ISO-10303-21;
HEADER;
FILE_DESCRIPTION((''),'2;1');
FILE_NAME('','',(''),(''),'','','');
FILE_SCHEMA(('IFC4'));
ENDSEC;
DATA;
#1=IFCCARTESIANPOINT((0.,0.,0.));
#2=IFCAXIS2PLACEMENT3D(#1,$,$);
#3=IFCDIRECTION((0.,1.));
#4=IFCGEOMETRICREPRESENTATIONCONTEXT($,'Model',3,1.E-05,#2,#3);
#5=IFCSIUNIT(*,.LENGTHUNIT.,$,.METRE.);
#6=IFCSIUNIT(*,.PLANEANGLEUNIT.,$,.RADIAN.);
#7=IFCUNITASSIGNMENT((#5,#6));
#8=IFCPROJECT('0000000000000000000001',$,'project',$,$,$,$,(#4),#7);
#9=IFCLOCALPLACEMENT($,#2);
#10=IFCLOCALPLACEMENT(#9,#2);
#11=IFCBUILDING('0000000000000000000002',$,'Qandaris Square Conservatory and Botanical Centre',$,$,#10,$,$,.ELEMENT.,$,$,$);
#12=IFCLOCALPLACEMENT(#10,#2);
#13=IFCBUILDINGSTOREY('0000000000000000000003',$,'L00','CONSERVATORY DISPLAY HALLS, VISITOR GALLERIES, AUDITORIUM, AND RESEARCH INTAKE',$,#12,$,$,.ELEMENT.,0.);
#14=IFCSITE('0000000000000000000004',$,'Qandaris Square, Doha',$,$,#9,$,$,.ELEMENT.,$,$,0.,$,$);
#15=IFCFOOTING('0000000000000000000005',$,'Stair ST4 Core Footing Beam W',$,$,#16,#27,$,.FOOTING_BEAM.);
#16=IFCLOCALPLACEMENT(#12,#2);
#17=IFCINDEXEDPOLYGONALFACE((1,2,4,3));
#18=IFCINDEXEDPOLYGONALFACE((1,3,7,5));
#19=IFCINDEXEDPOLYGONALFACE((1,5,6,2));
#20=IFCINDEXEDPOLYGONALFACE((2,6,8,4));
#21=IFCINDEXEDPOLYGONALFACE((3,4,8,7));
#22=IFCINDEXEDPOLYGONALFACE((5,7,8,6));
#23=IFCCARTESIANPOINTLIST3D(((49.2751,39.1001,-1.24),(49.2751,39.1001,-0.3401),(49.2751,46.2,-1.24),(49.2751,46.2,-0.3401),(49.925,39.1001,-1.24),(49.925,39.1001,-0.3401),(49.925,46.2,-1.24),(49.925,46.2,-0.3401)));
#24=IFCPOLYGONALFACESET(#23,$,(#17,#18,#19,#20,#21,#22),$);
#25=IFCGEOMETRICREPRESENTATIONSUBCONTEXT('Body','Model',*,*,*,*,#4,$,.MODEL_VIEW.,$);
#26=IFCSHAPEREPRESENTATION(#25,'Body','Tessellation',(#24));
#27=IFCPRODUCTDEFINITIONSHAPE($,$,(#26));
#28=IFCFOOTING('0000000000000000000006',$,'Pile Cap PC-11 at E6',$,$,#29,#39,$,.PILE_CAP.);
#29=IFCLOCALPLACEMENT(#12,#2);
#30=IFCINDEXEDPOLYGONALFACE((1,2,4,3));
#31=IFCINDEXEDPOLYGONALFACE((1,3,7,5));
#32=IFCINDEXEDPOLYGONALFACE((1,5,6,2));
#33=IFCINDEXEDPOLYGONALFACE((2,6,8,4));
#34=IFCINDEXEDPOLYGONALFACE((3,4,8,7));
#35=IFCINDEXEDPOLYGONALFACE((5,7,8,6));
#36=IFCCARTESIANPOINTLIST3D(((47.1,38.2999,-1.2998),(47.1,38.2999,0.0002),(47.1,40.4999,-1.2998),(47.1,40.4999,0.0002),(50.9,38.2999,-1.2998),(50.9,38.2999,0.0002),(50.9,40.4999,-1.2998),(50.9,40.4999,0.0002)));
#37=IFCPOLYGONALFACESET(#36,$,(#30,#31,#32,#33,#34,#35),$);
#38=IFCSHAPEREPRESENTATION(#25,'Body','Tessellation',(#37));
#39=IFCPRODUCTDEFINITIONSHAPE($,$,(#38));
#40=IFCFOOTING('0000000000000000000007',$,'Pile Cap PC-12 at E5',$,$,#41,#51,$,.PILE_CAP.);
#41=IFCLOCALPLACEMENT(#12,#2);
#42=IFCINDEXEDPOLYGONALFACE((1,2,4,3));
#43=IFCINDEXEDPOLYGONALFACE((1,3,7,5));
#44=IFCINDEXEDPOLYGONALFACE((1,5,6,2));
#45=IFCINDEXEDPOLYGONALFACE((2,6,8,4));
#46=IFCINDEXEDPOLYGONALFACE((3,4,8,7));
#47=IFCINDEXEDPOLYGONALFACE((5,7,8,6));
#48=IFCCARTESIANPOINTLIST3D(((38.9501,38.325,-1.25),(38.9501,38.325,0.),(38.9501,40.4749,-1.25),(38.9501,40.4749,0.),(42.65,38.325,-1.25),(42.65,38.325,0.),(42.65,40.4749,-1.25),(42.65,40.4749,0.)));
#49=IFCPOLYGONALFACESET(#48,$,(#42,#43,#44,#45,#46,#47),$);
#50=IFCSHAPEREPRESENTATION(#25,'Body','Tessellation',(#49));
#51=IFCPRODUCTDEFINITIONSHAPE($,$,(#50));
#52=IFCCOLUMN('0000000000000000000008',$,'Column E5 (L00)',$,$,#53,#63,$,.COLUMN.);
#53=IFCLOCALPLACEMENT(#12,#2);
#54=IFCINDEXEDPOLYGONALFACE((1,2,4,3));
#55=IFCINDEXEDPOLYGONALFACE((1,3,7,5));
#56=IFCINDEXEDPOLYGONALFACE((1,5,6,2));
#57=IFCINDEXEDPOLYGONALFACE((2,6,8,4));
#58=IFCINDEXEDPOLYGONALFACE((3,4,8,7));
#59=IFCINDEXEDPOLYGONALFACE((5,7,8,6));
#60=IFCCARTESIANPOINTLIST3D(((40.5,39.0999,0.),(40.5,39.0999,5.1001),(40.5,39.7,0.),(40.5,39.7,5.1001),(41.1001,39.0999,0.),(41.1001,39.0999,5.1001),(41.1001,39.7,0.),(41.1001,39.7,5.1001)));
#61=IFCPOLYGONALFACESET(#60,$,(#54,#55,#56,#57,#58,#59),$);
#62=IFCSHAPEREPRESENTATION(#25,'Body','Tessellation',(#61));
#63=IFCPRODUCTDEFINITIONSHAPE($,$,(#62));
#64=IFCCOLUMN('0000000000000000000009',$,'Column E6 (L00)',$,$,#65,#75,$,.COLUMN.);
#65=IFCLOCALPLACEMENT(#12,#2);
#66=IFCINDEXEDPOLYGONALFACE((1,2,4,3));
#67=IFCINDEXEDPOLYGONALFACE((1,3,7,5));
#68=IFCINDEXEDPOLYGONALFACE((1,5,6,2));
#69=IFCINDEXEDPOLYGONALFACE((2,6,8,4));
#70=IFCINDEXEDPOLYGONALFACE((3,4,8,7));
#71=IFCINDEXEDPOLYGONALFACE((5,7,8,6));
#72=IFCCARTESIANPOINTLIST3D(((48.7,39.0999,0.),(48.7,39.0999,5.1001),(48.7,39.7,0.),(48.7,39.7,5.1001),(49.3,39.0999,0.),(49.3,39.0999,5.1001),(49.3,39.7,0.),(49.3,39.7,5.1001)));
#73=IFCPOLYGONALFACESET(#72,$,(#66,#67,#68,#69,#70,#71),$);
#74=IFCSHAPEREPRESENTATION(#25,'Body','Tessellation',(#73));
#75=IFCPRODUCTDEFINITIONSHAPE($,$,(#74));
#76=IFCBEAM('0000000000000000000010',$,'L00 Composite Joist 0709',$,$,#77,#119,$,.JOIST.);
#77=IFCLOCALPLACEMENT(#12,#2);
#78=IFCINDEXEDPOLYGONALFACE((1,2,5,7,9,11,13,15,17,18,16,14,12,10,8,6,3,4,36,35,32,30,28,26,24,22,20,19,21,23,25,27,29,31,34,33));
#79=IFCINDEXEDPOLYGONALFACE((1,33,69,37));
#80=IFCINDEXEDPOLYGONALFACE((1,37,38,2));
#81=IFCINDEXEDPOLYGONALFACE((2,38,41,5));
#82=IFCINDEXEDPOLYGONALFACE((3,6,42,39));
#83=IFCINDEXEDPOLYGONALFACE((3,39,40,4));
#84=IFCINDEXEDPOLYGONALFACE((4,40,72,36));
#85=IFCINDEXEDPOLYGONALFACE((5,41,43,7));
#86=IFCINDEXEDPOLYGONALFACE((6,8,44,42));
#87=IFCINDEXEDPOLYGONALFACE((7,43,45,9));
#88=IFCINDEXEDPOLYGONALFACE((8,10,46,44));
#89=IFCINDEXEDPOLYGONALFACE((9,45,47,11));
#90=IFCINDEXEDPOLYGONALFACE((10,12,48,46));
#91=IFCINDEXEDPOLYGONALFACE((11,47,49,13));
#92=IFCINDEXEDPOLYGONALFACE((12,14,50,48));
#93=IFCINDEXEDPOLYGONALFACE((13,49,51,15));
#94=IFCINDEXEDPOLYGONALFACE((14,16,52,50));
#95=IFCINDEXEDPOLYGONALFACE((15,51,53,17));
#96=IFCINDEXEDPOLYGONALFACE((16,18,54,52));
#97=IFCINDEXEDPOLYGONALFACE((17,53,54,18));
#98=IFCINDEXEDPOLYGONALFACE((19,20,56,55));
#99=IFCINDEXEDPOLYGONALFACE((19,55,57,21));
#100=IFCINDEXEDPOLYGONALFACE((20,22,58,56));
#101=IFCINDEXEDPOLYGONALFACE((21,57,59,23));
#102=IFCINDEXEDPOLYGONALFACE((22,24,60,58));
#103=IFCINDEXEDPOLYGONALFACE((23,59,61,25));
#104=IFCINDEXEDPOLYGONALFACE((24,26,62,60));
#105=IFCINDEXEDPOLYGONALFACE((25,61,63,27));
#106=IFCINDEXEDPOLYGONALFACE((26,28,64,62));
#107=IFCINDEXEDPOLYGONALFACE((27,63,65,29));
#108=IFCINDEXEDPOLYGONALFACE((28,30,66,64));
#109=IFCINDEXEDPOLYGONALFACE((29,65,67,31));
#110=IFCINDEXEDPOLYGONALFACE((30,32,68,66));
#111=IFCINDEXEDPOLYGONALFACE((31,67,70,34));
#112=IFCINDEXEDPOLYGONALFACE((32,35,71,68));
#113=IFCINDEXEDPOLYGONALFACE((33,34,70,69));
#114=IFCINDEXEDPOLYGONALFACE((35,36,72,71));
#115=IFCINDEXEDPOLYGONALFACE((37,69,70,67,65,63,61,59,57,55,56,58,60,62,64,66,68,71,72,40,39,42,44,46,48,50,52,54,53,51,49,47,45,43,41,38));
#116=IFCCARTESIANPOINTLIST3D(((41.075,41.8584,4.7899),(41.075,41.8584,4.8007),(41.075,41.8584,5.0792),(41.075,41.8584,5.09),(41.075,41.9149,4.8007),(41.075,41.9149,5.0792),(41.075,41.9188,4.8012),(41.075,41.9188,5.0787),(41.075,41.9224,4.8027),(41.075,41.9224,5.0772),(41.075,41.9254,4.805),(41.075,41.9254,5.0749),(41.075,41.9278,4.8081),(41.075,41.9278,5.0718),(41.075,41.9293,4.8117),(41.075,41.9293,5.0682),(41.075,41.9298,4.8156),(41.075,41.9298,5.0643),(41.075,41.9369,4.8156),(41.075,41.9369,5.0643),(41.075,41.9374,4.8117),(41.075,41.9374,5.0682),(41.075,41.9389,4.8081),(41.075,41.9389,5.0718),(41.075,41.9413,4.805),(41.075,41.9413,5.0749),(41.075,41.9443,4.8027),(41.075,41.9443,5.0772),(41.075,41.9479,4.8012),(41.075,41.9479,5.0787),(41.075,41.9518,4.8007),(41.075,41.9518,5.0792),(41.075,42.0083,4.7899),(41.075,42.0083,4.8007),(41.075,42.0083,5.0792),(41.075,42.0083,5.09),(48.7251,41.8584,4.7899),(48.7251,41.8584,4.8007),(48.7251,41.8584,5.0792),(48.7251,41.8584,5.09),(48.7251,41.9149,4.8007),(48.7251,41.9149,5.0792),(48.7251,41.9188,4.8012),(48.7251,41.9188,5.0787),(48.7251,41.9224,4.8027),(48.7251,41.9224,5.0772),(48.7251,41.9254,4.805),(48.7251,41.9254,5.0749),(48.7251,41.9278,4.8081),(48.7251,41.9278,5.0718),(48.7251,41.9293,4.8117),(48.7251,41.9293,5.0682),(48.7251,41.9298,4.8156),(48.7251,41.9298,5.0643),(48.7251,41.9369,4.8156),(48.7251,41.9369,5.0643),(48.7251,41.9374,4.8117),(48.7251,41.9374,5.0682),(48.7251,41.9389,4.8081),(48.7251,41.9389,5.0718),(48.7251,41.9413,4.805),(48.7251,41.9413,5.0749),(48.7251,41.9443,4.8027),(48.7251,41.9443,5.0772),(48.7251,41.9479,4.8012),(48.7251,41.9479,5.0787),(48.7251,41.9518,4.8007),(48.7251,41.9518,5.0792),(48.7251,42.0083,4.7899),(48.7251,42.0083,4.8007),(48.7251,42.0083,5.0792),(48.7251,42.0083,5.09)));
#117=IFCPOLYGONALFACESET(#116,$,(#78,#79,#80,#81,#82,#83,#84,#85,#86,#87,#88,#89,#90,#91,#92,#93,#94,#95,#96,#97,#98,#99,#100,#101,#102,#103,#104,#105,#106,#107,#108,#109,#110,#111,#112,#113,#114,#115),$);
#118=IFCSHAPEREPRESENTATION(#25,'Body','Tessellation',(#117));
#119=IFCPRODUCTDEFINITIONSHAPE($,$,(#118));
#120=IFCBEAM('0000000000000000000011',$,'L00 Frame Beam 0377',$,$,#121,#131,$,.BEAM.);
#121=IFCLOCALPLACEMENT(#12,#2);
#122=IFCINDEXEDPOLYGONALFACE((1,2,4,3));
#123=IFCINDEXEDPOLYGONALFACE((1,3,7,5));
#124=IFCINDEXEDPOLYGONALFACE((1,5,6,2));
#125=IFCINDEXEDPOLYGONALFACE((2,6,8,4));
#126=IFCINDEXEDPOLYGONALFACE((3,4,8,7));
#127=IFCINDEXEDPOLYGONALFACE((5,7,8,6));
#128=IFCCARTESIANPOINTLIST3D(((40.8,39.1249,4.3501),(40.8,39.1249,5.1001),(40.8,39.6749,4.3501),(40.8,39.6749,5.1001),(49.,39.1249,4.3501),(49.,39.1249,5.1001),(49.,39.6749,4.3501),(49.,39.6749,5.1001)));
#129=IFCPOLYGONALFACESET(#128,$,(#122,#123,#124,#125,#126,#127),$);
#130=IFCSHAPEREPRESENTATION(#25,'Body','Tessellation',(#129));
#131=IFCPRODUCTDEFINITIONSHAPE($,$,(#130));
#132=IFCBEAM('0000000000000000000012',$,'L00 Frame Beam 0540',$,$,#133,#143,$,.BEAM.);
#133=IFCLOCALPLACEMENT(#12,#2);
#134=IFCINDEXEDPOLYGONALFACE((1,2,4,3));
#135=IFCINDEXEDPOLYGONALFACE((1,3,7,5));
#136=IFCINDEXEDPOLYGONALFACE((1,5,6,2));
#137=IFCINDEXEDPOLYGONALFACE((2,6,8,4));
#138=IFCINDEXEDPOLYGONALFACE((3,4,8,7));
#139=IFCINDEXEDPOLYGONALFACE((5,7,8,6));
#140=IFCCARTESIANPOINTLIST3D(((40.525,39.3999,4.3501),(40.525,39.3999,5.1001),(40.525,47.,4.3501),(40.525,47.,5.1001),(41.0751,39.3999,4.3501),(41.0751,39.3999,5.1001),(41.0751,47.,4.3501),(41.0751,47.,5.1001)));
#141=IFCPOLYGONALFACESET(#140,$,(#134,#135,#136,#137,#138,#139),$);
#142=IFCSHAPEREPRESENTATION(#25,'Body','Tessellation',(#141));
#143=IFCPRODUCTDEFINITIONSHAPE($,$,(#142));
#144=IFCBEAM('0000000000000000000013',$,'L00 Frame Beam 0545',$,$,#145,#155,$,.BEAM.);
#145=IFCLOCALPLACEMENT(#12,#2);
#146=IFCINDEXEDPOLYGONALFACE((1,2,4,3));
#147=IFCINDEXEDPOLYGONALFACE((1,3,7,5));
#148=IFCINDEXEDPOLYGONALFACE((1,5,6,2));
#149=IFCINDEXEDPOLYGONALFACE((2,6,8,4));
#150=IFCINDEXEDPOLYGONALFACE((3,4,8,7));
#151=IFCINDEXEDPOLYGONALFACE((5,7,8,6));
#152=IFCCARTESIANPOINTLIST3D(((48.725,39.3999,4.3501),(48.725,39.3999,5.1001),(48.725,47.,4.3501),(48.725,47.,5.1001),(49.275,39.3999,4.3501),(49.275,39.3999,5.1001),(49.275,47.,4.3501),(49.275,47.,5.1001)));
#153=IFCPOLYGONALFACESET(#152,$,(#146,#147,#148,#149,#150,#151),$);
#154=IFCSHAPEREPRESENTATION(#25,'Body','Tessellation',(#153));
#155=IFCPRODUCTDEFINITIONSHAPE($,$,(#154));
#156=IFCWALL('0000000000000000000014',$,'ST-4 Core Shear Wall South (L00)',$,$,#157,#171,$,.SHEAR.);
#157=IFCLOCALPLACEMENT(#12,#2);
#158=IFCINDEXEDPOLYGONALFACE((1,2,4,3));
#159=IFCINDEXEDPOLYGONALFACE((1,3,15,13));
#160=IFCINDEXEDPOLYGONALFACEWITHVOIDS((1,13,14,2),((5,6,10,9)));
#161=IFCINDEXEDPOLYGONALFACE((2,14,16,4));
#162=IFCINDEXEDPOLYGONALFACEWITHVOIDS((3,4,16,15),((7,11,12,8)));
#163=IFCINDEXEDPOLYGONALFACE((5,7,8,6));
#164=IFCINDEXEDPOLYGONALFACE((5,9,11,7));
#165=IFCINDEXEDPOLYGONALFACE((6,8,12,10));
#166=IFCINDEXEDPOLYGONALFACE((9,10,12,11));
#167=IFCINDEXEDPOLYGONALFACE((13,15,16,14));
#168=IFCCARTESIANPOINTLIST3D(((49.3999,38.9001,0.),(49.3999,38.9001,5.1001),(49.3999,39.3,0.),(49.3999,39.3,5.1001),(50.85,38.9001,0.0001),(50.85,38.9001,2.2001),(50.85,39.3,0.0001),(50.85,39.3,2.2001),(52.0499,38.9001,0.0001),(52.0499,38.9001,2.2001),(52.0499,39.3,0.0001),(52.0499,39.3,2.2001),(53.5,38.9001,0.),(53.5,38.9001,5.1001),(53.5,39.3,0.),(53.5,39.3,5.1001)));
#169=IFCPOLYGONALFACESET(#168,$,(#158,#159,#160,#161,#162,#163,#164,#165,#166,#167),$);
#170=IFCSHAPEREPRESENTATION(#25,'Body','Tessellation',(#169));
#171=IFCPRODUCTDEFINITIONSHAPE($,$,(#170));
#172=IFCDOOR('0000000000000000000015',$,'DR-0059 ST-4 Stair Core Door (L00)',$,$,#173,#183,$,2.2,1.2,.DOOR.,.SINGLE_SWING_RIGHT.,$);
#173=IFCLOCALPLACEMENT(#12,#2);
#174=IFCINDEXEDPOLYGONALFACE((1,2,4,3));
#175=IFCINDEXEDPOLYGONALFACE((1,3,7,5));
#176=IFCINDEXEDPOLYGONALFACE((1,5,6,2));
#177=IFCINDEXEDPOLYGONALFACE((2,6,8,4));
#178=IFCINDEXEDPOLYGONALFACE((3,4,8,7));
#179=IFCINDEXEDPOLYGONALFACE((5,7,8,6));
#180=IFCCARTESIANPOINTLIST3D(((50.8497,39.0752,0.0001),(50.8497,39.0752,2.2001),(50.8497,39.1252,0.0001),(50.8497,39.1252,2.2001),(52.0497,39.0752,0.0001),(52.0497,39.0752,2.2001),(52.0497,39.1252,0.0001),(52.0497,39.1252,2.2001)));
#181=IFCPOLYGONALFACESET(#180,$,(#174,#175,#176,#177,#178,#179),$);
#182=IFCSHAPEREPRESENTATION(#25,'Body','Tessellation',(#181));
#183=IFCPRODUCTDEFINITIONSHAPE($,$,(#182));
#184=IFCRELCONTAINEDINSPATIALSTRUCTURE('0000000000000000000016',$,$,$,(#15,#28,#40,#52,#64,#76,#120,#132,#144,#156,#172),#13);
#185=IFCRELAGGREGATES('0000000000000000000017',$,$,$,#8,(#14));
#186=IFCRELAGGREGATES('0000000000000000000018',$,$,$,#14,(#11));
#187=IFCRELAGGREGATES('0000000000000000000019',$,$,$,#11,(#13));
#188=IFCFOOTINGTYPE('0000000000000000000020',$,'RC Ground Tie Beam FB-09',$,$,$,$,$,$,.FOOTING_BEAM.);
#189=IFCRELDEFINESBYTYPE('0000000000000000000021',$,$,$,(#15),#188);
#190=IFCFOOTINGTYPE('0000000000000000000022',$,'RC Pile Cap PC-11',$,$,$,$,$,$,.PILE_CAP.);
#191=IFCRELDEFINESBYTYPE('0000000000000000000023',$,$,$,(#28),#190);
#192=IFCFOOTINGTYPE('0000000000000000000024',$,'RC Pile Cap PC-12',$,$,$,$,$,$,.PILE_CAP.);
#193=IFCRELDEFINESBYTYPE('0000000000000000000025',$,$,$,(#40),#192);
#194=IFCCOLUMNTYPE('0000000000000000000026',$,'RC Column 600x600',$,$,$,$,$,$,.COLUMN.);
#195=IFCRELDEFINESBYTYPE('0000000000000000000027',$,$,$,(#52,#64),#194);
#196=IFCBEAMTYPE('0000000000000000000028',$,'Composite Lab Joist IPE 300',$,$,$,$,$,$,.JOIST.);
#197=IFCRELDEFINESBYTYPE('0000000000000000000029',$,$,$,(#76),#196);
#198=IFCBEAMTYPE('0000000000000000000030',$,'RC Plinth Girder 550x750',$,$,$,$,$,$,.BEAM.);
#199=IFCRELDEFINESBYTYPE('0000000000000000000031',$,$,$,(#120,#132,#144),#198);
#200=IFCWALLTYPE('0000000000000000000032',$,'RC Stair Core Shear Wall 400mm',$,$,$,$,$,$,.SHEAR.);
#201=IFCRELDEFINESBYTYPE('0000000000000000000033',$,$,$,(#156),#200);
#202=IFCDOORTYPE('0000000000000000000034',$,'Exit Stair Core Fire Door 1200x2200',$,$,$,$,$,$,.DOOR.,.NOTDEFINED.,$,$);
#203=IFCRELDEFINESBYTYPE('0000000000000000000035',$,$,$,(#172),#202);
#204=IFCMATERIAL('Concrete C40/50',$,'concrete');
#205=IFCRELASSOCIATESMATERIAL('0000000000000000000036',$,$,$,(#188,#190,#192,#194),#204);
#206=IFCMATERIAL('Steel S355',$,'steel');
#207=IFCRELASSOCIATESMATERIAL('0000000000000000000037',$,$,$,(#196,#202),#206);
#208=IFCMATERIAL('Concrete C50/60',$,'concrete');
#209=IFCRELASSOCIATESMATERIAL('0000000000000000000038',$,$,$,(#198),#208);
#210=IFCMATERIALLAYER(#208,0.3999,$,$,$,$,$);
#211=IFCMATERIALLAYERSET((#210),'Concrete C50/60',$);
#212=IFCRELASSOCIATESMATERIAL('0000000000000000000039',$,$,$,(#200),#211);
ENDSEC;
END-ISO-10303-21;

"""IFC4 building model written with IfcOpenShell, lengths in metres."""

from ifc_helpers import new_model, si_unit, direction, frame, frame_2d, origin, origin_2d, place, context, subcontext, project, spatial, rectangle, i_section, extrude, material, layer, layer_set, material_profile, profile_set, type_object, element, fill, save


model = new_model("IFC4")

# Units and contexts
model_context = context("Model", 3, precision=1e-05, world=origin(), true_north=direction((0.0, 1.0)))
body_context = subcontext(model_context, "Body", "Model", "MODEL_VIEW")
ifc_project = project(units=[si_unit("LENGTHUNIT", "METRE"), si_unit("PLANEANGLEUNIT", "RADIAN")], contexts=[model_context])

# Site, building, storey
site_placement = place(None, origin())
site = spatial("IfcSite", under=ifc_project, at=site_placement, Name="Qandaris Square, Doha", CompositionType="ELEMENT", RefElevation=0.0)
building_placement = place(site_placement, origin())
building = spatial("IfcBuilding", under=site, at=building_placement, Name="Qandaris Square Conservatory and Botanical Centre", CompositionType="ELEMENT")
storey_placement = place(building_placement, origin())
storey = spatial("IfcBuildingStorey", under=building, at=storey_placement, Name="L00", Description="CONSERVATORY DISPLAY HALLS, VISITOR GALLERIES, AUDITORIUM, AND RESEARCH INTAKE", CompositionType="ELEMENT", Elevation=0.0)

# Shared definitions
ifc_material_1 = material(Name="Concrete C50/60", Category="concrete")

# Footings
ifc_material_2 = material(Name="Concrete C40/50", Category="concrete")
ifc_material_profile_1 = material_profile(ifc_material_2, rectangle(XDim=0.6499, YDim=0.8999, at=origin_2d()), Name="FB 650x900")
ifc_profile_set_1 = profile_set([ifc_material_profile_1], Name="Concrete C40/50")
footing_type_1 = type_object("IfcFootingType", Name="RC Ground Tie Beam FB-09", PredefinedType="FOOTING_BEAM", material=ifc_profile_set_1)
footing_1_placement = place(storey_placement, frame((49.6001, 39.1001, -0.79), z_axis=(0.0, 1.0, 0.0), x_axis=(-1.0, 0.0, 0.0)))
element("IfcFooting", 1, at=footing_1_placement, inside=storey, type_object=footing_type_1, Name="Stair ST4 Core Footing Beam W", PredefinedType="FOOTING_BEAM", context=body_context, shape_type="SweptSolid", body=[
    extrude(rectangle(XDim=0.6499, YDim=0.8999, at=origin_2d()), origin(), (0.0, 0.0, 1.0), 7.0999),
])
footing_type_2 = type_object("IfcFootingType", Name="RC Pile Cap PC-11", PredefinedType="PILE_CAP", material=ifc_material_2)
footing_2_placement = place(storey_placement, frame((49.0, 39.3999, -1.2998), z_axis=(0.0, 0.0, 1.0), x_axis=(1.0, 0.0, 0.0)))
element("IfcFooting", 2, at=footing_2_placement, inside=storey, type_object=footing_type_2, Name="Pile Cap PC-11 at E6", PredefinedType="PILE_CAP", context=body_context, shape_type="SweptSolid", body=[
    extrude(rectangle(XDim=3.8, YDim=2.2, at=origin_2d()), origin(), (0.0, 0.0, 1.0), 1.3),
])
footing_type_3 = type_object("IfcFootingType", Name="RC Pile Cap PC-12", PredefinedType="PILE_CAP", material=ifc_material_2)
footing_3_placement = place(storey_placement, frame((40.8, 39.3999, -1.25), z_axis=(0.0, 0.0, 1.0), x_axis=(1.0, 0.0, 0.0)))
element("IfcFooting", 3, at=footing_3_placement, inside=storey, type_object=footing_type_3, Name="Pile Cap PC-12 at E5", PredefinedType="PILE_CAP", context=body_context, shape_type="SweptSolid", body=[
    extrude(rectangle(XDim=3.7, YDim=2.1499, at=origin_2d()), origin(), (0.0, 0.0, 1.0), 1.25),
])

# Columns
ifc_material_profile_2 = material_profile(ifc_material_2, rectangle(XDim=0.6001, YDim=0.6001, at=origin_2d()), Name="RC-COL 600x600")
ifc_profile_set_2 = profile_set([ifc_material_profile_2], Name="Concrete C40/50")
column_type = type_object("IfcColumnType", Name="RC Column 600x600", PredefinedType="COLUMN", material=ifc_profile_set_2)
for number, where, z_axis, x_axis, name in (
    (4, (40.8, 39.3999, 0.0), (0.0, 0.0, 1.0), (1.0, 0.0, 0.0), "Column E5 (L00)"),
    (5, (49.0, 39.3999, 0.0), (0.0, 0.0, 1.0), (1.0, 0.0, 0.0), "Column E6 (L00)"),
):
    element("IfcColumn", number, at=place(storey_placement, frame(where, z_axis=z_axis, x_axis=x_axis)), inside=storey, type_object=column_type, Name=name, PredefinedType="COLUMN", context=body_context, shape_type="SweptSolid", body=[
        extrude(rectangle(XDim=0.6001, YDim=0.6001, at=origin_2d()), origin(), (0.0, 0.0, 1.0), 5.1001),
    ])

# Beams
ifc_material_3 = material(Name="Steel S355", Category="steel")
ifc_material_profile_3 = material_profile(ifc_material_3, i_section(OverallWidth=0.1499, OverallDepth=0.3, WebThickness=0.0071, FlangeThickness=0.0107, FilletRadius=0.0149, at=origin_2d()), Name="IPE 300")
ifc_profile_set_3 = profile_set([ifc_material_profile_3], Name="Steel S355")
beam_type_1 = type_object("IfcBeamType", Name="Composite Lab Joist IPE 300", PredefinedType="JOIST", material=ifc_profile_set_3)
beam_1_placement = place(storey_placement, frame((41.075, 41.9333, 4.9399), z_axis=(1.0, 0.0, 0.0), x_axis=(0.0, 1.0, 0.0)))
element("IfcBeam", 6, at=beam_1_placement, inside=storey, type_object=beam_type_1, Name="L00 Composite Joist 0709", PredefinedType="JOIST", context=body_context, shape_type="SweptSolid", body=[
    extrude(i_section(OverallWidth=0.1499, OverallDepth=0.3, WebThickness=0.0071, FlangeThickness=0.0107, FilletRadius=0.0149, at=origin_2d()), origin(), (0.0, 0.0, 1.0), 7.6501),
])
ifc_material_profile_4 = material_profile(ifc_material_1, rectangle(XDim=0.55, YDim=0.75, at=origin_2d()), Name="RC-BM 550x750")
ifc_profile_set_4 = profile_set([ifc_material_profile_4], Name="Concrete C50/60")
beam_type_2 = type_object("IfcBeamType", Name="RC Plinth Girder 550x750", PredefinedType="BEAM", material=ifc_profile_set_4)
beam_2_placement = place(storey_placement, frame((40.8, 39.3999, 4.7251), z_axis=(1.0, 0.0, 0.0), x_axis=(0.0, 1.0, 0.0)))
element("IfcBeam", 7, at=beam_2_placement, inside=storey, type_object=beam_type_2, Name="L00 Frame Beam 0377", PredefinedType="BEAM", context=body_context, shape_type="SweptSolid", body=[
    extrude(rectangle(XDim=0.55, YDim=0.75, at=origin_2d()), origin(), (0.0, 0.0, 1.0), 8.2),
])
for number, where, z_axis, x_axis, name in (
    (8, (40.8, 39.3999, 4.7251), (0.0, 1.0, 0.0), (-1.0, 0.0, 0.0), "L00 Frame Beam 0540"),
    (9, (49.0, 39.3999, 4.7251), (0.0, 1.0, 0.0), (-1.0, 0.0, 0.0), "L00 Frame Beam 0545"),
):
    element("IfcBeam", number, at=place(storey_placement, frame(where, z_axis=z_axis, x_axis=x_axis)), inside=storey, type_object=beam_type_2, Name=name, PredefinedType="BEAM", context=body_context, shape_type="SweptSolid", body=[
        extrude(rectangle(XDim=0.55, YDim=0.75, at=origin_2d()), origin(), (0.0, 0.0, 1.0), 7.6001),
    ])

# Wall, opening, door
ifc_layer_1 = layer(ifc_material_1, 0.3999)
ifc_layer_set_1 = layer_set([ifc_layer_1], Name="Concrete C50/60")
wall_type_1 = type_object("IfcWallType", Name="RC Stair Core Shear Wall 400mm", PredefinedType="SHEAR", material=ifc_layer_set_1)
wall_1_placement = place(storey_placement, frame((49.3999, 39.1001, 0.0), z_axis=(0.0, 0.0, 1.0), x_axis=(1.0, 0.0, 0.0)))
wall_1 = element("IfcWall", 10, at=wall_1_placement, inside=storey, type_object=wall_type_1, Name="ST-4 Core Shear Wall South (L00)", PredefinedType="SHEAR", context=body_context, shape_type="SweptSolid", body=[
    extrude(rectangle(XDim=4.1001, YDim=0.3999, at=frame_2d((2.05, 0.0))), origin(), (0.0, 0.0, 1.0), 5.1001),
])
opening_1_placement = place(wall_1_placement, frame((1.45, 0.0, 0.0)))
opening_1 = element("IfcOpeningElement", 11, at=opening_1_placement, cuts=wall_1, PredefinedType="OPENING", context=body_context, shape_type="SweptSolid", body=[
    extrude(rectangle(XDim=1.2, YDim=2.2, at=frame_2d((0.6001, 1.1001))), frame((0.0, 0.2119, 0.0), z_axis=(0.0, -1.0, 0.0), x_axis=(1.0, 0.0, 0.0)), (0.0, 0.0, 1.0), 0.4238),
])
door_type_1 = type_object("IfcDoorType", Name="Exit Stair Core Fire Door 1200x2200", OperationType="NOTDEFINED", PredefinedType="DOOR", material=ifc_material_3)
door_1_placement = place(opening_1_placement, frame((1.2, 0.0, 0.0), z_axis=(0.0, 0.0, 1.0), x_axis=(-1.0, 0.0, 0.0)))
door_1 = element("IfcDoor", 12, at=door_1_placement, inside=storey, type_object=door_type_1, Name="DR-0059 ST-4 Stair Core Door (L00)", OperationType="SINGLE_SWING_RIGHT", OverallHeight=2.2, OverallWidth=1.2, PredefinedType="DOOR", context=body_context, shape_type="SweptSolid", body=[
    extrude(rectangle(XDim=1.2, YDim=2.2, at=frame_2d((0.6001, 1.1001))), frame((0.0, 0.0249, 0.0), z_axis=(0.0, -1.0, 0.0), x_axis=(1.0, 0.0, 0.0)), (0.0, 0.0, 1.0), 0.05),
])
fill(opening_1, door_1)

save(model, "model.ifc")
